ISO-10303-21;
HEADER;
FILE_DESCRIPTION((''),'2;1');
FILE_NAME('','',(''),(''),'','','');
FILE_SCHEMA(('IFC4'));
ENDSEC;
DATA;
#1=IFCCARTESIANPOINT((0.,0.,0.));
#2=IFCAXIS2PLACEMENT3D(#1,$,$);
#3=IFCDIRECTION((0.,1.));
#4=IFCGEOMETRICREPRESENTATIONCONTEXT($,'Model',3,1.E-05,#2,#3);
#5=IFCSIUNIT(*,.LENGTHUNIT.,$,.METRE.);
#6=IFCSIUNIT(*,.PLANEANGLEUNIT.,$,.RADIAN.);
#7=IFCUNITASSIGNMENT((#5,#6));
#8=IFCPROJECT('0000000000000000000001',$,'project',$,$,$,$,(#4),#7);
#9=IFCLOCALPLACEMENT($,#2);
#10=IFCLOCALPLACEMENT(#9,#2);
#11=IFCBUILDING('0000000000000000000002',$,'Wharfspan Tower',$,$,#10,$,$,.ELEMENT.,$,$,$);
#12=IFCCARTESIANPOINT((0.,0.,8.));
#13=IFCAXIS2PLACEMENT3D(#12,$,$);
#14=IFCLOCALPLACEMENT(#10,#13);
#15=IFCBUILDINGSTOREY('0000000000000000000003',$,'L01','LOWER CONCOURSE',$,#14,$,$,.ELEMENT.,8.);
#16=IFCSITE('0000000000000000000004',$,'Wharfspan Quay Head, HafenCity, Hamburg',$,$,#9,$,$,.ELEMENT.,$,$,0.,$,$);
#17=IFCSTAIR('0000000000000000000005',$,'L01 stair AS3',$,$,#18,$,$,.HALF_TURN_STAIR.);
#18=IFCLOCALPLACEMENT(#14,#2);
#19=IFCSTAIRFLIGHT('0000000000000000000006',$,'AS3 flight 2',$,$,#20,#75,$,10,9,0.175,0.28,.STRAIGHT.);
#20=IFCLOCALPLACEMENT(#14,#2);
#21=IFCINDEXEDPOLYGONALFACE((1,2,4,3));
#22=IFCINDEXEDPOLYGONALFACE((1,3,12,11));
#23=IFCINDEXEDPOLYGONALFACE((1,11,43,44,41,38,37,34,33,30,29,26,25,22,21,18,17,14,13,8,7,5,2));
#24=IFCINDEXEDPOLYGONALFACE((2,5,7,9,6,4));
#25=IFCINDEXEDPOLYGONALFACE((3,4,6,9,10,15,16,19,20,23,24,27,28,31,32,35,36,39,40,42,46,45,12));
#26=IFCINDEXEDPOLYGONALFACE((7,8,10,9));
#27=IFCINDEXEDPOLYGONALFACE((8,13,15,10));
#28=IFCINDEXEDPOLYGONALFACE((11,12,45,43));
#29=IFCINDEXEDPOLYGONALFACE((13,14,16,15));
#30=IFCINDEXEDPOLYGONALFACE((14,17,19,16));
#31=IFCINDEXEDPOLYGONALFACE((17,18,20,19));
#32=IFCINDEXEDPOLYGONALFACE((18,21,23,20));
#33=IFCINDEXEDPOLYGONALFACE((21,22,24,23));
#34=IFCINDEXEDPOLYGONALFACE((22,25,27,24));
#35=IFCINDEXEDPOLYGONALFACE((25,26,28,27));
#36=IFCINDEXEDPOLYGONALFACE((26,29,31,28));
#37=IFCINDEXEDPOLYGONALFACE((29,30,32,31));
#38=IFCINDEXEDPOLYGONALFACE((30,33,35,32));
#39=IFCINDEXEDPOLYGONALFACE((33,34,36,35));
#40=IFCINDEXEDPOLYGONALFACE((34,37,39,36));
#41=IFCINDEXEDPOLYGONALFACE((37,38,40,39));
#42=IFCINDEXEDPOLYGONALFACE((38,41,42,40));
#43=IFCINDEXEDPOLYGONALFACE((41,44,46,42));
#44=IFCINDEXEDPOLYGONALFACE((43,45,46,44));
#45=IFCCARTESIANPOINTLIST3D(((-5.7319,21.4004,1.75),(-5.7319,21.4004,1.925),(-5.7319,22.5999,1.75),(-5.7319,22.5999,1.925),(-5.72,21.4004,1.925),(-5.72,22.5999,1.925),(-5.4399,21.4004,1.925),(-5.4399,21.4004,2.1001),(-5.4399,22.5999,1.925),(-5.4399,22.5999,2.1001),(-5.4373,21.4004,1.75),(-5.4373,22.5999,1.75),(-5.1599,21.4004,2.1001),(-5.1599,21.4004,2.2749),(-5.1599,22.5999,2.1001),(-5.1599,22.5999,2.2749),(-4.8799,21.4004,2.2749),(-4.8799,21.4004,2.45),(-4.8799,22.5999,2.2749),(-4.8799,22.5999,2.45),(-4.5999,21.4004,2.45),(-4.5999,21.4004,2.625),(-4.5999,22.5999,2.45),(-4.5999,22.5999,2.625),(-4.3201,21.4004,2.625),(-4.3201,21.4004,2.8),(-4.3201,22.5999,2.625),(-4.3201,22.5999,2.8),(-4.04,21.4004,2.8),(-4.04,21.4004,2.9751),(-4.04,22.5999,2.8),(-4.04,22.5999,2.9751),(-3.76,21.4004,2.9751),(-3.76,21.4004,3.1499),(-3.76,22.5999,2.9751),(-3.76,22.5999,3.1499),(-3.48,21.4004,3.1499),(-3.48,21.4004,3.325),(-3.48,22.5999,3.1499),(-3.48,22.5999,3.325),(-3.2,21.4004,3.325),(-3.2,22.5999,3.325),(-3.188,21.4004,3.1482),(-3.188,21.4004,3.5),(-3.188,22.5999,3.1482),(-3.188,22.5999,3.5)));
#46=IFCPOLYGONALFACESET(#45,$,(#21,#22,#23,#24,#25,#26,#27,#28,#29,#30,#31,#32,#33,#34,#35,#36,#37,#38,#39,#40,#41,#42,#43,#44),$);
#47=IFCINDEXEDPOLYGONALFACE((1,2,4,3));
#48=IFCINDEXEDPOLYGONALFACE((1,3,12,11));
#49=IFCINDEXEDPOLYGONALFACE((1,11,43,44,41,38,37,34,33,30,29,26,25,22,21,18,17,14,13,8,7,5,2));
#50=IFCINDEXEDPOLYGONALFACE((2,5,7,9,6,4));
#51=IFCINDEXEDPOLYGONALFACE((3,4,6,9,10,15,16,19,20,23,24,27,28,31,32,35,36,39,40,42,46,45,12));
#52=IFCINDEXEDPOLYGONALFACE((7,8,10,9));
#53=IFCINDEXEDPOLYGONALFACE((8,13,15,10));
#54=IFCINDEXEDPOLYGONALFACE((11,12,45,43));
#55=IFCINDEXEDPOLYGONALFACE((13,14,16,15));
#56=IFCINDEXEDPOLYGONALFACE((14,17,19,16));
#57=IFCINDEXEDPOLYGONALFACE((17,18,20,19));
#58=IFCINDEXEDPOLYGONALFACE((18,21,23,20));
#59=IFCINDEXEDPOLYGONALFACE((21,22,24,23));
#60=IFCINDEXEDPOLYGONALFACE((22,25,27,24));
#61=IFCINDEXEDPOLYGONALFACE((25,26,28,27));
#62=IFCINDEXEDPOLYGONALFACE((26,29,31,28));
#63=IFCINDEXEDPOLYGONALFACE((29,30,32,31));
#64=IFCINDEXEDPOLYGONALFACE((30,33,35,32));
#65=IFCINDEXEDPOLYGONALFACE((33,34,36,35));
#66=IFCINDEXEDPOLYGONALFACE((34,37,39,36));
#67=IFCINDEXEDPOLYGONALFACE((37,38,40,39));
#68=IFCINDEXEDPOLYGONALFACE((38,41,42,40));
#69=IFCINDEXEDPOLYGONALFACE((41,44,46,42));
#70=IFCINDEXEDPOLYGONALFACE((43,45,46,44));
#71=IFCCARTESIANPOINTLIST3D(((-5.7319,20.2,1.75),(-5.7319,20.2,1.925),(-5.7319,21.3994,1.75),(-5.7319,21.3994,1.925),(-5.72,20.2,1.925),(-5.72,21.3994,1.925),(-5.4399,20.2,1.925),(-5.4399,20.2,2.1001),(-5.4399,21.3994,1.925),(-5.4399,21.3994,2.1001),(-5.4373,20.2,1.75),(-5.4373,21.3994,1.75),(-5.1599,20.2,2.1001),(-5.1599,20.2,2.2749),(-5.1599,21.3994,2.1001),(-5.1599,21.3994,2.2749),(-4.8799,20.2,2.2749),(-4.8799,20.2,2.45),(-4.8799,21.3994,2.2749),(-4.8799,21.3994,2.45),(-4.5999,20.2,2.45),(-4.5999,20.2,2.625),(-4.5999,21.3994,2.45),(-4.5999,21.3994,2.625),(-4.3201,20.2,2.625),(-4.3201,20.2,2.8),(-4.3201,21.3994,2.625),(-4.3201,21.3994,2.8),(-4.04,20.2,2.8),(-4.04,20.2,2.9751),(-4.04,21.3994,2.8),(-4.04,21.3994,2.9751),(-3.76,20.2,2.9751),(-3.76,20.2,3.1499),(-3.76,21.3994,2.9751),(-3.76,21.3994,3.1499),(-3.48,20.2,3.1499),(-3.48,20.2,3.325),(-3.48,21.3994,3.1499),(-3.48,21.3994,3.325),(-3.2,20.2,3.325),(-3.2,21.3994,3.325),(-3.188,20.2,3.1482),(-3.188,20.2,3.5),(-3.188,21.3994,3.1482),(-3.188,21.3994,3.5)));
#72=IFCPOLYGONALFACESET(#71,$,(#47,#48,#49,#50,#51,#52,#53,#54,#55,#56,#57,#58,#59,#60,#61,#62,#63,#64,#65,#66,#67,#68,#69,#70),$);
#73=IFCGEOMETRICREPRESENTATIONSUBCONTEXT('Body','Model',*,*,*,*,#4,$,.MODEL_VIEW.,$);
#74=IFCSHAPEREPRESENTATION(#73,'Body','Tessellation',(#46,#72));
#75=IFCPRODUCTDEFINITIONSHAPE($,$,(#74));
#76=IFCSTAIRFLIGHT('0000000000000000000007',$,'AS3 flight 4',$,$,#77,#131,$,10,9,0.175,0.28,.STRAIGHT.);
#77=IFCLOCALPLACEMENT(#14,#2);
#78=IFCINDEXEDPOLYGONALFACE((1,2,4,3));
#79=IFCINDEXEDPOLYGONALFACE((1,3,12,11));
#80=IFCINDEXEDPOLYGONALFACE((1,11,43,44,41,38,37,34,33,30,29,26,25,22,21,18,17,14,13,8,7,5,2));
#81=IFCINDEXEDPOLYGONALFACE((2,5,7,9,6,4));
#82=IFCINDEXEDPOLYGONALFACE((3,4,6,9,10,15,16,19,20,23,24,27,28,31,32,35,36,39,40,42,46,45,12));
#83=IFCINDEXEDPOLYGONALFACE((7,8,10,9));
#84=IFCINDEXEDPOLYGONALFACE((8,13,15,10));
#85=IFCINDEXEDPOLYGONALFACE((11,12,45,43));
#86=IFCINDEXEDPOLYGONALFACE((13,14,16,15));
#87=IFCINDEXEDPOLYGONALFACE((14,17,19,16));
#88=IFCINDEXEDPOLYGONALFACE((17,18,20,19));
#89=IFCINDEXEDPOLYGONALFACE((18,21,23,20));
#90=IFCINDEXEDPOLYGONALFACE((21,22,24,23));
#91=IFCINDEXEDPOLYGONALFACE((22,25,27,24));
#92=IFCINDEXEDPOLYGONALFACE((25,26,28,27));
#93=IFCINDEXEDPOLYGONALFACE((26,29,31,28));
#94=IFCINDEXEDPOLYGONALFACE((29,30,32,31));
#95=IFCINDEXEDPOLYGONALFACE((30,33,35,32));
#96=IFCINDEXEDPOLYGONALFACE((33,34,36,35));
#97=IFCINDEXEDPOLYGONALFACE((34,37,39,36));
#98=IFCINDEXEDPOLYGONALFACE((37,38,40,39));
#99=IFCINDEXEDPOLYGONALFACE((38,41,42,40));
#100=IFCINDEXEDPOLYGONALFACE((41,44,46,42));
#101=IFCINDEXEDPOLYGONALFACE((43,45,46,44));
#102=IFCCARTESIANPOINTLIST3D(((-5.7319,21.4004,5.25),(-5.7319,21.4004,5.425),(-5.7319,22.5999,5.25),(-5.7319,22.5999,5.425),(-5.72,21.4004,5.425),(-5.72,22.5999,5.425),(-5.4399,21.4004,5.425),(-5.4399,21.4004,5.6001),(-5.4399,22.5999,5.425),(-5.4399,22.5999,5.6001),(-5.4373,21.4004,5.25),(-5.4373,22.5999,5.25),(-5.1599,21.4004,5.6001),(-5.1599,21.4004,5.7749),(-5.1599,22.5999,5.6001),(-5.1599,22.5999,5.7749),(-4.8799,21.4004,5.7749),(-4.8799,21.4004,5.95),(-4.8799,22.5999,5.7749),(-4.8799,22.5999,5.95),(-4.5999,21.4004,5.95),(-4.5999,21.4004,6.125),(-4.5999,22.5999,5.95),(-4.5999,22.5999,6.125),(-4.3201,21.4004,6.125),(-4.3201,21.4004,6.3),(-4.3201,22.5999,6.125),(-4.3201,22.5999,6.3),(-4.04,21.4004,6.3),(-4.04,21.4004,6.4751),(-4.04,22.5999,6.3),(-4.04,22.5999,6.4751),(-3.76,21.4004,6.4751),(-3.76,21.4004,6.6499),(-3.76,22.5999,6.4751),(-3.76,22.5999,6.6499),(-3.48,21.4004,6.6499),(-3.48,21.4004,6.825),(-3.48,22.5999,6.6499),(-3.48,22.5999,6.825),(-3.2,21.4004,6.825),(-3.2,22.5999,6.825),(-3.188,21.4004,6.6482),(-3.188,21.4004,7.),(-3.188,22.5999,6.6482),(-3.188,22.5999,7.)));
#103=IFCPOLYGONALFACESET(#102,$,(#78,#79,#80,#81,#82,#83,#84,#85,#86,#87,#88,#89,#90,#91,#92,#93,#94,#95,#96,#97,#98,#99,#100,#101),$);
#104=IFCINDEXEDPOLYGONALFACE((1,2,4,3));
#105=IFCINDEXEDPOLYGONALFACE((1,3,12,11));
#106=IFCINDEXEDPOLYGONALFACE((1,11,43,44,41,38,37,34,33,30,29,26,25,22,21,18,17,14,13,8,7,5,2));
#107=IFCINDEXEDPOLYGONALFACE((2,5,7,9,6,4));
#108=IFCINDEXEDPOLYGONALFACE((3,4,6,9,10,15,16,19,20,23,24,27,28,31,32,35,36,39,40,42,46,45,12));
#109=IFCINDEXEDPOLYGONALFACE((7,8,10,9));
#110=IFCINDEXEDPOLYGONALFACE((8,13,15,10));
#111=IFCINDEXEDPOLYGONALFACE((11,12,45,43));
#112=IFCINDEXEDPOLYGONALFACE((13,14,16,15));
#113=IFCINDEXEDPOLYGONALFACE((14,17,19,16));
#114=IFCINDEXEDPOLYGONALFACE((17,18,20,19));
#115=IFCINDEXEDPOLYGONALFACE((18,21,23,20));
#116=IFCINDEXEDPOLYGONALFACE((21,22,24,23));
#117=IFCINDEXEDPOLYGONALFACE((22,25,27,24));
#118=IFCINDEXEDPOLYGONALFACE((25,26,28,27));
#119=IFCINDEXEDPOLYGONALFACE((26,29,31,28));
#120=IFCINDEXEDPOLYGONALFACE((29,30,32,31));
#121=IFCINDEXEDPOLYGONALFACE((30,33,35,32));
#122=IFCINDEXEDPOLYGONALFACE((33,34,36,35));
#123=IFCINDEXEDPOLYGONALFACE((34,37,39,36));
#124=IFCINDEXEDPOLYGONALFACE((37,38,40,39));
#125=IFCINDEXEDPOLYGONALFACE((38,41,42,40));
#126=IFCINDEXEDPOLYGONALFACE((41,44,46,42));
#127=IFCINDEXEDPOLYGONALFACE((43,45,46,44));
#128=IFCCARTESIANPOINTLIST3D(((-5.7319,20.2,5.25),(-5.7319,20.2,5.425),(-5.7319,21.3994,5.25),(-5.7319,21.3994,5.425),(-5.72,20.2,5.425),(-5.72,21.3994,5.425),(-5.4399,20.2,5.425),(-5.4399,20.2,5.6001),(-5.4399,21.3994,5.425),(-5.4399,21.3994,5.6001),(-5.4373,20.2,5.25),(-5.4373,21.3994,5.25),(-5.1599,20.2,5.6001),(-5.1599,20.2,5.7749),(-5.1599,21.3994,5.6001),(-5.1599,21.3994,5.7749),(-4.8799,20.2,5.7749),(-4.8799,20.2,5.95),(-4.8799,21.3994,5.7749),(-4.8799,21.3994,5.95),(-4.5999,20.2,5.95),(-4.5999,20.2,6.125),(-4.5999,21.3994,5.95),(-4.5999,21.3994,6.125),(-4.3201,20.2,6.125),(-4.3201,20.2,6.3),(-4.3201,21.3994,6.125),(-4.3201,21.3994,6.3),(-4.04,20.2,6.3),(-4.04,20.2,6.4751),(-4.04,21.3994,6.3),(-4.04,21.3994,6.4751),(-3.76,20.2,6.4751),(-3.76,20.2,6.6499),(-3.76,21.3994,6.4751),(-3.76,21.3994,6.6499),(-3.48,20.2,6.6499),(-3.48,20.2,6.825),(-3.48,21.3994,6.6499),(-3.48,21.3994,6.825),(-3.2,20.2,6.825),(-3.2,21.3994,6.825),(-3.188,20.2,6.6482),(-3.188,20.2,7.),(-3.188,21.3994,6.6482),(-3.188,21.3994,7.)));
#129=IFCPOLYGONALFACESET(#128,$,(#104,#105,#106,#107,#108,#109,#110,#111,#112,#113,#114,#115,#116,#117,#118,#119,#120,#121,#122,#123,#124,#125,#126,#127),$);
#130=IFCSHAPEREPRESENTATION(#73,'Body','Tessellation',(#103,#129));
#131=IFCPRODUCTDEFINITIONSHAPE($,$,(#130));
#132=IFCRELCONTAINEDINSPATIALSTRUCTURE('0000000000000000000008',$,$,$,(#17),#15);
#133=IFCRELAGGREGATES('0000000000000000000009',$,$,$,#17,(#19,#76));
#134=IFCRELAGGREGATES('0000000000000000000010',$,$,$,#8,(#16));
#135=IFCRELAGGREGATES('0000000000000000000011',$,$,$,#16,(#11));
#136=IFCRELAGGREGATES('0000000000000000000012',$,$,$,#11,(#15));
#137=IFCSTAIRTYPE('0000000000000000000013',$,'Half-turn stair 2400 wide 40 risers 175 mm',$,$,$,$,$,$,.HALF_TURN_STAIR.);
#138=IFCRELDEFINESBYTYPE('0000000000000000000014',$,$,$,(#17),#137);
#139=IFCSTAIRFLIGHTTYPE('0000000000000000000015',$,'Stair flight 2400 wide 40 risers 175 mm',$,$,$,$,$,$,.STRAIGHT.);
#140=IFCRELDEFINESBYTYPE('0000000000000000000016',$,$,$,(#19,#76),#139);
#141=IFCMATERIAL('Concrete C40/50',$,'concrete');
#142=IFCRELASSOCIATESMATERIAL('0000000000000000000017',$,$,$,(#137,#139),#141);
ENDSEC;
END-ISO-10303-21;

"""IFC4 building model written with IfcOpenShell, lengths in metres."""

from ifc_helpers import new_model, si_unit, direction, frame, origin, place, context, subcontext, project, spatial, polyline, outline, extrude, material, type_object, element, aggregate, save


model = new_model("IFC4")

# Units and contexts
model_context = context("Model", 3, precision=1e-05, world=origin(), true_north=direction((0.0, 1.0)))
body_context = subcontext(model_context, "Body", "Model", "MODEL_VIEW")
ifc_project = project(units=[si_unit("LENGTHUNIT", "METRE"), si_unit("PLANEANGLEUNIT", "RADIAN")], contexts=[model_context])

# Site, building, storey
site_placement = place(None, origin())
site = spatial("IfcSite", under=ifc_project, at=site_placement, Name="Wharfspan Quay Head, HafenCity, Hamburg", CompositionType="ELEMENT", RefElevation=0.0)
building_placement = place(site_placement, origin())
building = spatial("IfcBuilding", under=site, at=building_placement, Name="Wharfspan Tower", CompositionType="ELEMENT")
storey_placement = place(building_placement, frame((0.0, 0.0, 8.0)))
storey = spatial("IfcBuildingStorey", under=building, at=storey_placement, Name="L01", Description="LOWER CONCOURSE", CompositionType="ELEMENT", Elevation=8.0)

# Shared definitions
ifc_material_1 = material(Name="Concrete C40/50", Category="concrete")

# Stair, stair flights
stair_type = type_object("IfcStairType", Name="Half-turn stair 2400 wide 40 risers 175 mm", PredefinedType="HALF_TURN_STAIR", material=ifc_material_1)
stair_placement = place(storey_placement, origin())
stair = element("IfcStair", 1, at=stair_placement, inside=storey, type_object=stair_type, Name="L01 stair AS3", PredefinedType="HALF_TURN_STAIR")
stair_flight_type = type_object("IfcStairFlightType", Name="Stair flight 2400 wide 40 risers 175 mm", PredefinedType="STRAIGHT", material=ifc_material_1)
stair_flight_1_placement = place(storey_placement, frame((-5.72, 21.3999, 1.75), z_axis=(0.0, 0.0, 1.0), x_axis=(1.0, 0.0, 0.0)))
stair_flight_1 = element("IfcStairFlight", 2, at=stair_flight_1_placement, type_object=stair_flight_type, Name="AS3 flight 2", NumberOfRisers=10, NumberOfTreads=9, PredefinedType="STRAIGHT", RiserHeight=0.175, TreadLength=0.28, context=body_context, shape_type="SweptSolid", body=[
    extrude(outline(polyline([(-0.012, 0.0), (-0.012, 0.175), (0.0, 0.175), (0.28, 0.175), (0.28, 0.3501), (0.5601, 0.3501), (0.5601, 0.5249), (0.8401, 0.5249), (0.8401, 0.7), (1.1201, 0.7), (1.1201, 0.875), (1.3999, 0.875), (1.3999, 1.05), (1.6799, 1.05), (1.6799, 1.2251), (1.96, 1.2251), (1.96, 1.3999), (2.24, 1.3999), (2.24, 1.575), (2.52, 1.575), (2.532, 1.75), (2.532, 1.3982), (0.2827, 0.0), (-0.012, 0.0)])), frame((0.0, 1.2, 0.0), z_axis=(0.0, -1.0, 0.0), x_axis=(1.0, 0.0, 0.0)), (0.0, 0.0, 1.0), 1.1995),
    extrude(outline(polyline([(-0.012, 0.0), (-0.012, 0.175), (0.0, 0.175), (0.28, 0.175), (0.28, 0.3501), (0.5601, 0.3501), (0.5601, 0.5249), (0.8401, 0.5249), (0.8401, 0.7), (1.1201, 0.7), (1.1201, 0.875), (1.3999, 0.875), (1.3999, 1.05), (1.6799, 1.05), (1.6799, 1.2251), (1.96, 1.2251), (1.96, 1.3999), (2.24, 1.3999), (2.24, 1.575), (2.52, 1.575), (2.532, 1.75), (2.532, 1.3982), (0.2827, 0.0), (-0.012, 0.0)])), frame((0.0, -0.0005, 0.0), z_axis=(0.0, -1.0, 0.0), x_axis=(1.0, 0.0, 0.0)), (0.0, 0.0, 1.0), 1.1995),
])
stair_flight_2_placement = place(storey_placement, frame((-5.72, 21.3999, 5.25), z_axis=(0.0, 0.0, 1.0), x_axis=(1.0, 0.0, 0.0)))
stair_flight_2 = element("IfcStairFlight", 3, at=stair_flight_2_placement, type_object=stair_flight_type, Name="AS3 flight 4", NumberOfRisers=10, NumberOfTreads=9, PredefinedType="STRAIGHT", RiserHeight=0.175, TreadLength=0.28, context=body_context, shape_type="SweptSolid", body=[
    extrude(outline(polyline([(-0.012, 0.0), (-0.012, 0.175), (0.0, 0.175), (0.28, 0.175), (0.28, 0.3501), (0.5601, 0.3501), (0.5601, 0.5249), (0.8401, 0.5249), (0.8401, 0.7), (1.1201, 0.7), (1.1201, 0.875), (1.3999, 0.875), (1.3999, 1.05), (1.6799, 1.05), (1.6799, 1.2251), (1.96, 1.2251), (1.96, 1.3999), (2.24, 1.3999), (2.24, 1.575), (2.52, 1.575), (2.532, 1.75), (2.532, 1.3982), (0.2827, 0.0), (-0.012, 0.0)])), frame((0.0, 1.2, 0.0), z_axis=(0.0, -1.0, 0.0), x_axis=(1.0, 0.0, 0.0)), (0.0, 0.0, 1.0), 1.1995),
    extrude(outline(polyline([(-0.012, 0.0), (-0.012, 0.175), (0.0, 0.175), (0.28, 0.175), (0.28, 0.3501), (0.5601, 0.3501), (0.5601, 0.5249), (0.8401, 0.5249), (0.8401, 0.7), (1.1201, 0.7), (1.1201, 0.875), (1.3999, 0.875), (1.3999, 1.05), (1.6799, 1.05), (1.6799, 1.2251), (1.96, 1.2251), (1.96, 1.3999), (2.24, 1.3999), (2.24, 1.575), (2.52, 1.575), (2.532, 1.75), (2.532, 1.3982), (0.2827, 0.0), (-0.012, 0.0)])), frame((0.0, -0.0005, 0.0), z_axis=(0.0, -1.0, 0.0), x_axis=(1.0, 0.0, 0.0)), (0.0, 0.0, 1.0), 1.1995),
])
aggregate(stair, [stair_flight_1, stair_flight_2])

save(model, "model.ifc")
